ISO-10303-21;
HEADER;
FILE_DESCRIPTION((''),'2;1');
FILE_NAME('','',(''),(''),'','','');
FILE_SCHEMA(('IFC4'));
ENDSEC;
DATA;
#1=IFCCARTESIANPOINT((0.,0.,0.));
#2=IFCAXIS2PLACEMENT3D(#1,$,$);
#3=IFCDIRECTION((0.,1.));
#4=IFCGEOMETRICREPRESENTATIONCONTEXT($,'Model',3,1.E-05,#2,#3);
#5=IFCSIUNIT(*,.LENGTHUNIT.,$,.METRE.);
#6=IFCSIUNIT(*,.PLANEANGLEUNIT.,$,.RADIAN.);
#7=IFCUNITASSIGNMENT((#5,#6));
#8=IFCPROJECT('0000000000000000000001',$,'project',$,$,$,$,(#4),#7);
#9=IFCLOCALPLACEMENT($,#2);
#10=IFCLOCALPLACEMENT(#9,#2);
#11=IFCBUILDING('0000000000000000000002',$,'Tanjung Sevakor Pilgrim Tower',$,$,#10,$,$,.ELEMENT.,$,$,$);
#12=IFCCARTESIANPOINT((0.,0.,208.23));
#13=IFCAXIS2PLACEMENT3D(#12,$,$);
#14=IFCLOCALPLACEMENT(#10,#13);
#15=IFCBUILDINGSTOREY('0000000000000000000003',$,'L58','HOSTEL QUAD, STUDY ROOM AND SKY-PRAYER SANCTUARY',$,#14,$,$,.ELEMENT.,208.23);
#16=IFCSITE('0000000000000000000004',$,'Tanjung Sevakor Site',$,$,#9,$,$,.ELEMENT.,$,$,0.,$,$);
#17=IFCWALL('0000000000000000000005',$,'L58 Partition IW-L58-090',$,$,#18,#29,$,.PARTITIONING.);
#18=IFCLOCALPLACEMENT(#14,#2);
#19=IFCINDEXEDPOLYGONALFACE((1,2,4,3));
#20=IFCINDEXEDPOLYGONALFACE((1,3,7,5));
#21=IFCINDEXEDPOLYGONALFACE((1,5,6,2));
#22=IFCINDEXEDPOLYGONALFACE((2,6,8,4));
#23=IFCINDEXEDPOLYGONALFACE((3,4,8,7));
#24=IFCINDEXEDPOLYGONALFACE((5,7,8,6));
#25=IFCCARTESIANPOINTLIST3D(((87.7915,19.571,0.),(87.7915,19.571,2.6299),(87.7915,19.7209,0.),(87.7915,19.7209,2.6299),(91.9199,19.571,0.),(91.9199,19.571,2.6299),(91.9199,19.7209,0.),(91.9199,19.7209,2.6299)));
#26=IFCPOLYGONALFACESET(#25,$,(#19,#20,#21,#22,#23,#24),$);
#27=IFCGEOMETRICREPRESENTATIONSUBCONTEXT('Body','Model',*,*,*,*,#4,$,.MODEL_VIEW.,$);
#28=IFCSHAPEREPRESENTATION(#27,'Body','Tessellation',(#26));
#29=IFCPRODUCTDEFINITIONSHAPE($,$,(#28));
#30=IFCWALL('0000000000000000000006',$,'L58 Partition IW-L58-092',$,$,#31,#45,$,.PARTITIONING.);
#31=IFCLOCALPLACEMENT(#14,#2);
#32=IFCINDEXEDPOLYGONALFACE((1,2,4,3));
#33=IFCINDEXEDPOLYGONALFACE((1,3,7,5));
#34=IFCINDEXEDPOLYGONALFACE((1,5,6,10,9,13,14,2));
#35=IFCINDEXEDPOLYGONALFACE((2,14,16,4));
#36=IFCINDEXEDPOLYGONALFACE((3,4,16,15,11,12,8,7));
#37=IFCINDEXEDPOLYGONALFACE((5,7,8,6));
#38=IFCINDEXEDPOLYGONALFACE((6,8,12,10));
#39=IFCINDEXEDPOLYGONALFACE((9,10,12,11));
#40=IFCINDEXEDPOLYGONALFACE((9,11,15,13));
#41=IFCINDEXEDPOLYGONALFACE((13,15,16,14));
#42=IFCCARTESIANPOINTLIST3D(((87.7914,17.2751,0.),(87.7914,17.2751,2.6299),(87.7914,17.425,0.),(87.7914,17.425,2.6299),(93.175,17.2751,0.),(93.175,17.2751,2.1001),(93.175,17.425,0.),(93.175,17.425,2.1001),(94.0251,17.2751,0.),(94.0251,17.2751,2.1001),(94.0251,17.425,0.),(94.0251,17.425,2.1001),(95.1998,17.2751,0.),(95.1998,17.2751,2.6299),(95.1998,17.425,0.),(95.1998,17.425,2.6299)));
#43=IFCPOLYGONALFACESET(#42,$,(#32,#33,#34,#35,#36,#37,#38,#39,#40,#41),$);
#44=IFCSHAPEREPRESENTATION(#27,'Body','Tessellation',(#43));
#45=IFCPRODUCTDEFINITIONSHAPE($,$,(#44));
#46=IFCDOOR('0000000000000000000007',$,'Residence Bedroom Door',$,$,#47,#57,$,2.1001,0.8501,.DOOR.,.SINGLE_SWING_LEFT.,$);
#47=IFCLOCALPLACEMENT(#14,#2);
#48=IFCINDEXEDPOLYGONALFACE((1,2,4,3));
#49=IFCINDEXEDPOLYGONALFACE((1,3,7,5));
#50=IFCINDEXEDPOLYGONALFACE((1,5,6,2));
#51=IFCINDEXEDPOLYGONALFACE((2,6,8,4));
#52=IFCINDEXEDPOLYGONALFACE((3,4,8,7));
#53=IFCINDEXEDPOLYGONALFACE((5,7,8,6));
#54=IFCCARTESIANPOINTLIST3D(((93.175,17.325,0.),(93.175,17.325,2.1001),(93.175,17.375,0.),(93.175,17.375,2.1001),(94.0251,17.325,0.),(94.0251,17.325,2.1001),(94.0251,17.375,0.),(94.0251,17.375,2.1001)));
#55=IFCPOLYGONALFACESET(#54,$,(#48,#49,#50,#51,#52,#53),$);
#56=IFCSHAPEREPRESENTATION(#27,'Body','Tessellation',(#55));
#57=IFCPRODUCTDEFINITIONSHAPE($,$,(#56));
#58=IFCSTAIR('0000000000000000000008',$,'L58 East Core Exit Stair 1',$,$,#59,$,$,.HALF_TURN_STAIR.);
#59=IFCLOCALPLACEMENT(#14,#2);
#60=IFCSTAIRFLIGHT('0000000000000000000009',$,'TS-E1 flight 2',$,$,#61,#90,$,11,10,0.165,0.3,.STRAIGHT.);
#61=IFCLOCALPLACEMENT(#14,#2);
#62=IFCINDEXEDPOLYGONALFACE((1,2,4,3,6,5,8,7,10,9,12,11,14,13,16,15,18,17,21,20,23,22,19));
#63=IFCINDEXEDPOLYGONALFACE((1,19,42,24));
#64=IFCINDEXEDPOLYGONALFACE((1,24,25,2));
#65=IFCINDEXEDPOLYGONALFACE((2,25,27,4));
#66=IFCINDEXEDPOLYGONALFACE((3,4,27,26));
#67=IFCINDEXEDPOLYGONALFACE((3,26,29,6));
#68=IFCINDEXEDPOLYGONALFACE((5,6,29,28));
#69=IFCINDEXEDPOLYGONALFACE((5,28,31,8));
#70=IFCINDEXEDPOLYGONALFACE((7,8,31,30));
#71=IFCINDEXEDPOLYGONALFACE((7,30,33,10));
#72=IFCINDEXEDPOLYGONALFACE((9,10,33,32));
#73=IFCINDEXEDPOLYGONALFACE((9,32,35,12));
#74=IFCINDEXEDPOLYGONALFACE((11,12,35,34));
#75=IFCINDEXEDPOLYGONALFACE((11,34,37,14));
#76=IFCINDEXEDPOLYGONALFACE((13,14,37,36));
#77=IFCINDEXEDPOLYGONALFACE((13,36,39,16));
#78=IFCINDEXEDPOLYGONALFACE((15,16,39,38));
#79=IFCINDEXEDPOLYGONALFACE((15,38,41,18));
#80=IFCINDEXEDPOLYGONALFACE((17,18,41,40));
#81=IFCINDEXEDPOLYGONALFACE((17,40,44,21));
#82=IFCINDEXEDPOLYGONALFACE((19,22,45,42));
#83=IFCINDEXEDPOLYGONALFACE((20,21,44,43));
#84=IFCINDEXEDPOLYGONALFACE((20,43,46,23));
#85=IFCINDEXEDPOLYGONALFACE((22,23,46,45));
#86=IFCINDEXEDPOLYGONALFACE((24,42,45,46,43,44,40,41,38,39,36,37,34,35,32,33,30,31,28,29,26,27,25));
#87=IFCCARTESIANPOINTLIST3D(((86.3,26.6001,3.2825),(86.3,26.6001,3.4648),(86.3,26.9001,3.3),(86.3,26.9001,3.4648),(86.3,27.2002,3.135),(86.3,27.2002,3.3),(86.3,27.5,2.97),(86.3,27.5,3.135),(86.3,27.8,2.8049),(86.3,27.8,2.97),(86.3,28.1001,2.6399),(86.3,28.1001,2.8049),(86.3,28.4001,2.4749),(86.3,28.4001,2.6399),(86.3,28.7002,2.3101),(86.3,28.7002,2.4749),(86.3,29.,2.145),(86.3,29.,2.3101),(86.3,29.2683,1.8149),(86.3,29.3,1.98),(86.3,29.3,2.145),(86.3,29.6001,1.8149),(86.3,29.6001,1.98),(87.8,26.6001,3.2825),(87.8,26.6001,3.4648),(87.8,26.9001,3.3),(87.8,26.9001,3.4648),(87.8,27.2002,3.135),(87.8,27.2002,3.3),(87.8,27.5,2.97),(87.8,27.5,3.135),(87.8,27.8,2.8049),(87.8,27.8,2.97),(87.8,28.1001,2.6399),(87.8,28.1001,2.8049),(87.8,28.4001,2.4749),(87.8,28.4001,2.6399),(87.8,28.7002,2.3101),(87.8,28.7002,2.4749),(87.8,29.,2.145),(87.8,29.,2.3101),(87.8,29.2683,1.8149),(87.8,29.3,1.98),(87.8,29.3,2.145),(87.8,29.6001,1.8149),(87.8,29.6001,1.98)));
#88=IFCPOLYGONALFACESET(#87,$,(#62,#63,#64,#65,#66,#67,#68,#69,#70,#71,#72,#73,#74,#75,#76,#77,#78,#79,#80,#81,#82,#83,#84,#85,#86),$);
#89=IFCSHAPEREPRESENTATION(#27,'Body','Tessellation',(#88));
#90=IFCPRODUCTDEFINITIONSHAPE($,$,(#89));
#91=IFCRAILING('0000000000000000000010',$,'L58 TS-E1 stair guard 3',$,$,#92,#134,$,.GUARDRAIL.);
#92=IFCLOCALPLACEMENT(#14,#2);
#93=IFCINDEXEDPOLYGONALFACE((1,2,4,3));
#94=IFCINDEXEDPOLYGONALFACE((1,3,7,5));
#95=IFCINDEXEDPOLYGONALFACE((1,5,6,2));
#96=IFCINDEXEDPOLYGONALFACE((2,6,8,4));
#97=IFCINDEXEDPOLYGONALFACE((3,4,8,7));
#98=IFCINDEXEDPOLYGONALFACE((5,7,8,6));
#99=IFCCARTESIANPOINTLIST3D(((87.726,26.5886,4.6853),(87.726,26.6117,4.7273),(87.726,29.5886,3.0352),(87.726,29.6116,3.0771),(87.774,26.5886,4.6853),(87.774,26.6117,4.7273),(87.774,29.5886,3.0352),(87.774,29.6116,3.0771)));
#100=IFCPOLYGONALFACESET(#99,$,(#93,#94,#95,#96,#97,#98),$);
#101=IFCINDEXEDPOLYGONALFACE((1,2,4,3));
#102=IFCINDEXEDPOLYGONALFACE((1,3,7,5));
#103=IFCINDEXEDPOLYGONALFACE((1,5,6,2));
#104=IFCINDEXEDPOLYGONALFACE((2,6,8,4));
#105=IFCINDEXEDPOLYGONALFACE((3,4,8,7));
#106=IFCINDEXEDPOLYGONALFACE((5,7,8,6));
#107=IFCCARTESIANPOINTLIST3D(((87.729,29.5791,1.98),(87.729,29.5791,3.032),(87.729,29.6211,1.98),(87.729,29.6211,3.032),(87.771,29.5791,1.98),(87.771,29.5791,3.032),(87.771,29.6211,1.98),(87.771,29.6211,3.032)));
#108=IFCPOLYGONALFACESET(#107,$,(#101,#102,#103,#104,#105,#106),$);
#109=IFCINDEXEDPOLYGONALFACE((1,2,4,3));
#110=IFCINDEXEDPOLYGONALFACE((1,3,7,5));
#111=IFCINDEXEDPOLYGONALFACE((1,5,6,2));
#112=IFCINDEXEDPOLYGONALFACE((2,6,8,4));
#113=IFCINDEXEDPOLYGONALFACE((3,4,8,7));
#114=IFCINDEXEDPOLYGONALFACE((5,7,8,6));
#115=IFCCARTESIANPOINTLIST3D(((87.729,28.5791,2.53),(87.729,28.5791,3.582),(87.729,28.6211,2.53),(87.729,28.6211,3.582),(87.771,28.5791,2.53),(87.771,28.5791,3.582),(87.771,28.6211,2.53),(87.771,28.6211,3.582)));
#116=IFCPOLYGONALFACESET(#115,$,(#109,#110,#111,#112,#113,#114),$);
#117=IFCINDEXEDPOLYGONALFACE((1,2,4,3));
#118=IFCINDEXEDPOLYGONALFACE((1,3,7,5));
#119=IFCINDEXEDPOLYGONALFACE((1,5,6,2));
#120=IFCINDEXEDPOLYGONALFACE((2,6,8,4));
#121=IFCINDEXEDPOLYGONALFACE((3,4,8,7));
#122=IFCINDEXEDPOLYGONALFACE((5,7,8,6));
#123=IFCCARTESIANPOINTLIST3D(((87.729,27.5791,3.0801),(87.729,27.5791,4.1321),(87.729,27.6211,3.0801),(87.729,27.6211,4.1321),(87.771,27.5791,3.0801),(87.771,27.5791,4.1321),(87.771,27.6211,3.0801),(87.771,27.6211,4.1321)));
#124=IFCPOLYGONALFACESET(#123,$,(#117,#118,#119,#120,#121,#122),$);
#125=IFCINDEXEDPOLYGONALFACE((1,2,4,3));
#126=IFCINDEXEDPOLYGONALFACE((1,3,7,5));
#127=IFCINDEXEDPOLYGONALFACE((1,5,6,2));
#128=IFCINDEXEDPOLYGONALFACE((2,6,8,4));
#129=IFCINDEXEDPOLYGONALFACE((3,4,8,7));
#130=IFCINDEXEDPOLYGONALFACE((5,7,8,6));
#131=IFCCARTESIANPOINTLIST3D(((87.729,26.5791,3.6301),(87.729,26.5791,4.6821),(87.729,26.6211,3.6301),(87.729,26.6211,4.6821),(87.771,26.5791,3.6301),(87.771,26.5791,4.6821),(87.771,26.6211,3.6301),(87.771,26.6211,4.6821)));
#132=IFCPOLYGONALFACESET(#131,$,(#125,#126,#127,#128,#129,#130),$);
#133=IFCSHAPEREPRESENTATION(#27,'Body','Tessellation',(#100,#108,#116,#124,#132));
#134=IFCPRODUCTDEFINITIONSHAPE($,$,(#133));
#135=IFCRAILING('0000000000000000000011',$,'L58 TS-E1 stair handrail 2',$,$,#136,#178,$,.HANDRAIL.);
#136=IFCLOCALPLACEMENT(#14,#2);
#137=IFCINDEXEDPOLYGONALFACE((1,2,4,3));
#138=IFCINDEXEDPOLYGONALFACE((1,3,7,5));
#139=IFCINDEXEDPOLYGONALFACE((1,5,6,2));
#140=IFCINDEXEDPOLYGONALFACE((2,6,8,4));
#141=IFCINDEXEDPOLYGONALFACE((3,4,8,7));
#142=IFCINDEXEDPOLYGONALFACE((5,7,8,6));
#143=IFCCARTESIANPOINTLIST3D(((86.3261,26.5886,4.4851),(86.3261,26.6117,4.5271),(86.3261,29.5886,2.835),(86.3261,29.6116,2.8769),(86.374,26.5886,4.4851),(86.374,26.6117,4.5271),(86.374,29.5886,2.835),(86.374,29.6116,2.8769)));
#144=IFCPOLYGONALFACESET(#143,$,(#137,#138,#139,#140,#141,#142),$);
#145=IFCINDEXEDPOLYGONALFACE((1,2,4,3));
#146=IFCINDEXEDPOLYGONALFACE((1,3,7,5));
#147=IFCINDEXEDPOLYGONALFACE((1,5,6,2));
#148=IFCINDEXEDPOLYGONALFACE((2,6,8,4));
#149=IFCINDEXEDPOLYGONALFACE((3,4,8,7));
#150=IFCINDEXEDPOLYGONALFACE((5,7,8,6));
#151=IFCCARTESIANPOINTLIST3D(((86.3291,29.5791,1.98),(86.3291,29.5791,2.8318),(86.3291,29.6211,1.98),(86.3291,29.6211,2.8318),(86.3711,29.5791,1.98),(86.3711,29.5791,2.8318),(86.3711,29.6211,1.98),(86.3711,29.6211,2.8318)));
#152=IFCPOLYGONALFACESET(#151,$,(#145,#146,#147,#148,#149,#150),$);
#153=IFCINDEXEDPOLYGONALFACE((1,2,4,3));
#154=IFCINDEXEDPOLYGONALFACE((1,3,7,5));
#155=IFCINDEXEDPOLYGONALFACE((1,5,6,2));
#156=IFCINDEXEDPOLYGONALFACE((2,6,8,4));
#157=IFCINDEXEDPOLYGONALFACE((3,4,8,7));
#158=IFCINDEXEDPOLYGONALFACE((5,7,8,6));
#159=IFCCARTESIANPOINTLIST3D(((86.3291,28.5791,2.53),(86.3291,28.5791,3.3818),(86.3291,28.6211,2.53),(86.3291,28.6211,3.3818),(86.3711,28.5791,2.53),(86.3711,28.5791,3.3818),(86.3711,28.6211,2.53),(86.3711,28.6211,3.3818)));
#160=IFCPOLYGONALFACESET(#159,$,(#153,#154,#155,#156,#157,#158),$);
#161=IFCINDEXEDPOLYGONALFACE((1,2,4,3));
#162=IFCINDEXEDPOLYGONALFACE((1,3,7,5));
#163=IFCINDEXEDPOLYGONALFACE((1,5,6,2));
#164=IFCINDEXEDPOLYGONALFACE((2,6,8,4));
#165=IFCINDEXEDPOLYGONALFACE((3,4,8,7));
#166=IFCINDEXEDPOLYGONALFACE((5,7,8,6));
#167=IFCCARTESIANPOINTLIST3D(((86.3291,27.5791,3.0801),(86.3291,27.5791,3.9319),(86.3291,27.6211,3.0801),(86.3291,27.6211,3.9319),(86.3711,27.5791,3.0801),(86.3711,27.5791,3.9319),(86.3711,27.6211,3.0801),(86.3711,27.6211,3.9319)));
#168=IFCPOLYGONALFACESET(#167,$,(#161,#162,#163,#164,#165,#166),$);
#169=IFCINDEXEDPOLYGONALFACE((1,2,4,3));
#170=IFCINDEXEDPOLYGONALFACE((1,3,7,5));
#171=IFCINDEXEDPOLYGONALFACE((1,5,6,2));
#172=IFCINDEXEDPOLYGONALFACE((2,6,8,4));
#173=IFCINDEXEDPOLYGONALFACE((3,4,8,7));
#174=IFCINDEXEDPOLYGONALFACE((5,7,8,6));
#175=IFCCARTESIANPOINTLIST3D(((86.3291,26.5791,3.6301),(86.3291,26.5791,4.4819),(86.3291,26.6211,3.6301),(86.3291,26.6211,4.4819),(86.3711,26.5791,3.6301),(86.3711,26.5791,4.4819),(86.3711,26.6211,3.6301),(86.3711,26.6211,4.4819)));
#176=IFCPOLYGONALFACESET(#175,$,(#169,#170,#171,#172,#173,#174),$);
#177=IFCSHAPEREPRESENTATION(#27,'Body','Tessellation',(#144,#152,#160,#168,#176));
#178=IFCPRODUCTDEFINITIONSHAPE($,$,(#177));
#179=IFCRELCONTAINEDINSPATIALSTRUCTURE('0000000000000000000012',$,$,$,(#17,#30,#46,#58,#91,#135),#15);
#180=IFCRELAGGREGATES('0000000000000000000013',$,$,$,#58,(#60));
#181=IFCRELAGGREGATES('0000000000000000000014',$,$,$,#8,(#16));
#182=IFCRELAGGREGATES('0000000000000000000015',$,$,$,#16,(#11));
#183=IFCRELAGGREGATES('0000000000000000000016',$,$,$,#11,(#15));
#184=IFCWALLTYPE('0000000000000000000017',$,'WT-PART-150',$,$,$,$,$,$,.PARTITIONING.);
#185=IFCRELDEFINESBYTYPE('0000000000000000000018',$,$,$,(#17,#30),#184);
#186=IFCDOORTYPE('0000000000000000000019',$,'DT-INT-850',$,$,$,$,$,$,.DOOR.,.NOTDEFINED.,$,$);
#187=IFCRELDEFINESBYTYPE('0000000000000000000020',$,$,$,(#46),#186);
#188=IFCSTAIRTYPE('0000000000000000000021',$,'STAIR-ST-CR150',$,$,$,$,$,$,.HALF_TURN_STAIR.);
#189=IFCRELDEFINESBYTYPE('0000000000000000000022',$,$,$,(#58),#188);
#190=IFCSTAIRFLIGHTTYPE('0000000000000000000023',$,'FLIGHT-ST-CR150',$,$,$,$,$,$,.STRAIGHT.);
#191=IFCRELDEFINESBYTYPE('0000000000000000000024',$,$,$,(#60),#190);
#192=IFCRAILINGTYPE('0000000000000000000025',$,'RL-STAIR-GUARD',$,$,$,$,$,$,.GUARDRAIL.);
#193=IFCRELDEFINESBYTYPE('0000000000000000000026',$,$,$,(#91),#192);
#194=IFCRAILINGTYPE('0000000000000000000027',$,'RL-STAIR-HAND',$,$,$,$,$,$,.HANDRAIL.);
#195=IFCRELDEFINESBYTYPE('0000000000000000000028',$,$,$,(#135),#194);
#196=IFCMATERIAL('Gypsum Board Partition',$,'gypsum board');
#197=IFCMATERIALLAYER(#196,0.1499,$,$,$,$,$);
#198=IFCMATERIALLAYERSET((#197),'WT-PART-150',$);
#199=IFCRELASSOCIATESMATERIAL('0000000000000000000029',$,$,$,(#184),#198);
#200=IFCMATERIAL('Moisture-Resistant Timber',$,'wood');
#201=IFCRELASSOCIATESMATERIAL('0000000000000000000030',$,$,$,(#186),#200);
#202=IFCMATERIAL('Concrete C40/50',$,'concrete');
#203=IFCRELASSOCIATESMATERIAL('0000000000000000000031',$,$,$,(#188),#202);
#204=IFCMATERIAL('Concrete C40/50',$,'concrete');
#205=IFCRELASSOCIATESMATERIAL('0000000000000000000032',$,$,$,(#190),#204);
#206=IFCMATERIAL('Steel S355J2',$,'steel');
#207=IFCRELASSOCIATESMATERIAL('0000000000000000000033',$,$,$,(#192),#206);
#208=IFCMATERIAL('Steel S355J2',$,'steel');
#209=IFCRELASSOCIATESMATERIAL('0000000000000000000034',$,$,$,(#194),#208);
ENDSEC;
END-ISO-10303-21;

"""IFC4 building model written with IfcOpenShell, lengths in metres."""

from ifc_helpers import new_model, si_unit, direction, frame, frame_2d, origin, place, context, subcontext, project, spatial, polyline, rectangle, outline, extrude, material, layer, layer_set, type_object, element, fill, aggregate, save


model = new_model("IFC4")

# Units and contexts
model_context = context("Model", 3, precision=1e-05, world=origin(), true_north=direction((0.0, 1.0)))
body_context = subcontext(model_context, "Body", "Model", "MODEL_VIEW")
ifc_project = project(units=[si_unit("LENGTHUNIT", "METRE"), si_unit("PLANEANGLEUNIT", "RADIAN")], contexts=[model_context])

# Site, building, storey
site_placement = place(None, origin())
site = spatial("IfcSite", under=ifc_project, at=site_placement, Name="Tanjung Sevakor Site", CompositionType="ELEMENT", RefElevation=0.0)
building_placement = place(site_placement, origin())
building = spatial("IfcBuilding", under=site, at=building_placement, Name="Tanjung Sevakor Pilgrim Tower", CompositionType="ELEMENT")
storey_placement = place(building_placement, frame((0.0, 0.0, 208.23)))
storey = spatial("IfcBuildingStorey", under=building, at=storey_placement, Name="L58", Description="HOSTEL QUAD, STUDY ROOM AND SKY-PRAYER SANCTUARY", CompositionType="ELEMENT", Elevation=208.23)

# Wall
ifc_material_1 = material(Name="Gypsum Board Partition", Category="gypsum board")
ifc_layer_1 = layer(ifc_material_1, 0.1499)
ifc_layer_set_1 = layer_set([ifc_layer_1], Name="WT-PART-150")
wall_type_1 = type_object("IfcWallType", Name="WT-PART-150", PredefinedType="PARTITIONING", material=ifc_layer_set_1)
wall_1_placement = place(storey_placement, frame((87.7915, 19.646, 0.0), z_axis=(0.0, 0.0, 1.0), x_axis=(1.0, 0.0, 0.0)))
element("IfcWall", 1, at=wall_1_placement, inside=storey, type_object=wall_type_1, Name="L58 Partition IW-L58-090", PredefinedType="PARTITIONING", context=body_context, shape_type="SweptSolid", body=[
    extrude(rectangle(XDim=4.1284, YDim=0.1499, at=frame_2d((2.0642, 0.0))), origin(), (0.0, 0.0, 1.0), 2.6299),
])

# Wall, opening, door
wall_2_placement = place(storey_placement, frame((87.7915, 17.3501, 0.0), z_axis=(0.0, 0.0, 1.0), x_axis=(1.0, 0.0, 0.0)))
wall_2 = element("IfcWall", 2, at=wall_2_placement, inside=storey, type_object=wall_type_1, Name="L58 Partition IW-L58-092", PredefinedType="PARTITIONING", context=body_context, shape_type="SweptSolid", body=[
    extrude(rectangle(XDim=7.4084, YDim=0.1499, at=frame_2d((3.7041, 0.0))), origin(), (0.0, 0.0, 1.0), 2.6299),
])
opening_1_placement = place(wall_2_placement, frame((5.3835, 0.0, 0.0)))
opening_1 = element("IfcOpeningElement", 3, at=opening_1_placement, cuts=wall_2, PredefinedType="OPENING", context=body_context, shape_type="SweptSolid", body=[
    extrude(rectangle(XDim=0.8501, YDim=2.1001, at=frame_2d((0.425, 1.05))), frame((0.0, 0.085, 0.0), z_axis=(0.0, -1.0, 0.0), x_axis=(1.0, 0.0, 0.0)), (0.0, 0.0, 1.0), 0.1699),
])
ifc_material_2 = material(Name="Moisture-Resistant Timber", Category="wood")
door_type_1 = type_object("IfcDoorType", Name="DT-INT-850", OperationType="NOTDEFINED", PredefinedType="DOOR", material=ifc_material_2)
door_1_placement = place(opening_1_placement, origin())
door_1 = element("IfcDoor", 4, at=door_1_placement, inside=storey, type_object=door_type_1, Name="Residence Bedroom Door", OperationType="SINGLE_SWING_LEFT", OverallHeight=2.1001, OverallWidth=0.8501, PredefinedType="DOOR", context=body_context, shape_type="SweptSolid", body=[
    extrude(rectangle(XDim=0.8501, YDim=2.1001, at=frame_2d((0.425, 1.05))), frame((0.0, 0.0249, 0.0), z_axis=(0.0, -1.0, 0.0), x_axis=(1.0, 0.0, 0.0)), (0.0, 0.0, 1.0), 0.05),
])
fill(opening_1, door_1)

# Stair, stair flight
ifc_material_3 = material(Name="Concrete C40/50", Category="concrete")
stair_type = type_object("IfcStairType", Name="STAIR-ST-CR150", PredefinedType="HALF_TURN_STAIR", material=ifc_material_3)
stair_placement = place(storey_placement, origin())
stair = element("IfcStair", 5, at=stair_placement, inside=storey, type_object=stair_type, Name="L58 East Core Exit Stair 1", PredefinedType="HALF_TURN_STAIR")
ifc_material_4 = material(Name="Concrete C40/50", Category="concrete")
stair_flight_type = type_object("IfcStairFlightType", Name="FLIGHT-ST-CR150", PredefinedType="STRAIGHT", material=ifc_material_4)
stair_flight_placement = place(storey_placement, frame((87.05, 29.6001, 1.8149), z_axis=(0.0, 0.0, 1.0), x_axis=(0.0, -1.0, 0.0)))
stair_flight = element("IfcStairFlight", 6, at=stair_flight_placement, type_object=stair_flight_type, Name="TS-E1 flight 2", NumberOfRisers=11, NumberOfTreads=10, PredefinedType="STRAIGHT", RiserHeight=0.165, TreadLength=0.3, context=body_context, shape_type="SweptSolid", body=[
    extrude(outline(polyline([(0.0, 0.0), (0.0, 0.165), (0.3, 0.165), (0.3, 0.3301), (0.6001, 0.3301), (0.6001, 0.4951), (0.8999, 0.4951), (0.8999, 0.6599), (1.2, 0.6599), (1.2, 0.825), (1.5, 0.825), (1.5, 0.99), (1.8, 0.99), (1.8, 1.155), (2.1001, 1.155), (2.1001, 1.3201), (2.3999, 1.3201), (2.3999, 1.4851), (2.7, 1.4851), (2.7, 1.6499), (3.0, 1.6499), (3.0, 1.8149), (3.0, 1.4675), (0.3318, 0.0), (0.0, 0.0)])), frame((0.0, 0.75, 0.0), z_axis=(0.0, -1.0, 0.0), x_axis=(1.0, 0.0, 0.0)), (0.0, 0.0, 1.0), 1.5),
])
aggregate(stair, [stair_flight])

# Railings
ifc_material_5 = material(Name="Steel S355J2", Category="steel")
railing_type_1 = type_object("IfcRailingType", Name="RL-STAIR-GUARD", PredefinedType="GUARDRAIL", material=ifc_material_5)
railing_1_placement = place(storey_placement, frame((87.75, 29.6001, 1.98)))
element("IfcRailing", 7, at=railing_1_placement, inside=storey, type_object=railing_type_1, Name="L58 TS-E1 stair guard 3", PredefinedType="GUARDRAIL", context=body_context, shape_type="SweptSolid", body=[
    extrude(rectangle(XDim=0.0479, YDim=0.0479), frame((0.0, 0.0, 1.0762), z_axis=(0.0, -0.876198, 0.481952), x_axis=(1.0, 0.0, 0.0)), (0.0, 0.0, 1.0), 3.4238),
    extrude(rectangle(XDim=0.042, YDim=0.042), origin(), (0.0, 0.0, 1.0), 1.052),
    extrude(rectangle(XDim=0.042, YDim=0.042), frame((0.0, -1.0, 0.55)), (0.0, 0.0, 1.0), 1.052),
    extrude(rectangle(XDim=0.042, YDim=0.042), frame((0.0, -2.0, 1.1001)), (0.0, 0.0, 1.0), 1.052),
    extrude(rectangle(XDim=0.042, YDim=0.042), frame((0.0, -3.0, 1.6501)), (0.0, 0.0, 1.0), 1.052),
])
ifc_material_6 = material(Name="Steel S355J2", Category="steel")
railing_type_2 = type_object("IfcRailingType", Name="RL-STAIR-HAND", PredefinedType="HANDRAIL", material=ifc_material_6)
railing_2_placement = place(storey_placement, frame((86.3501, 29.6001, 1.98)))
element("IfcRailing", 8, at=railing_2_placement, inside=storey, type_object=railing_type_2, Name="L58 TS-E1 stair handrail 2", PredefinedType="HANDRAIL", context=body_context, shape_type="SweptSolid", body=[
    extrude(rectangle(XDim=0.0479, YDim=0.0479), frame((0.0, 0.0, 0.876), z_axis=(0.0, -0.876198, 0.481952), x_axis=(1.0, 0.0, 0.0)), (0.0, 0.0, 1.0), 3.4238),
    extrude(rectangle(XDim=0.042, YDim=0.042), origin(), (0.0, 0.0, 1.0), 0.8518),
    extrude(rectangle(XDim=0.042, YDim=0.042), frame((0.0, -1.0, 0.55)), (0.0, 0.0, 1.0), 0.8518),
    extrude(rectangle(XDim=0.042, YDim=0.042), frame((0.0, -2.0, 1.1001)), (0.0, 0.0, 1.0), 0.8518),
    extrude(rectangle(XDim=0.042, YDim=0.042), frame((0.0, -3.0, 1.6501)), (0.0, 0.0, 1.0), 0.8518),
])

save(model, "model.ifc")
